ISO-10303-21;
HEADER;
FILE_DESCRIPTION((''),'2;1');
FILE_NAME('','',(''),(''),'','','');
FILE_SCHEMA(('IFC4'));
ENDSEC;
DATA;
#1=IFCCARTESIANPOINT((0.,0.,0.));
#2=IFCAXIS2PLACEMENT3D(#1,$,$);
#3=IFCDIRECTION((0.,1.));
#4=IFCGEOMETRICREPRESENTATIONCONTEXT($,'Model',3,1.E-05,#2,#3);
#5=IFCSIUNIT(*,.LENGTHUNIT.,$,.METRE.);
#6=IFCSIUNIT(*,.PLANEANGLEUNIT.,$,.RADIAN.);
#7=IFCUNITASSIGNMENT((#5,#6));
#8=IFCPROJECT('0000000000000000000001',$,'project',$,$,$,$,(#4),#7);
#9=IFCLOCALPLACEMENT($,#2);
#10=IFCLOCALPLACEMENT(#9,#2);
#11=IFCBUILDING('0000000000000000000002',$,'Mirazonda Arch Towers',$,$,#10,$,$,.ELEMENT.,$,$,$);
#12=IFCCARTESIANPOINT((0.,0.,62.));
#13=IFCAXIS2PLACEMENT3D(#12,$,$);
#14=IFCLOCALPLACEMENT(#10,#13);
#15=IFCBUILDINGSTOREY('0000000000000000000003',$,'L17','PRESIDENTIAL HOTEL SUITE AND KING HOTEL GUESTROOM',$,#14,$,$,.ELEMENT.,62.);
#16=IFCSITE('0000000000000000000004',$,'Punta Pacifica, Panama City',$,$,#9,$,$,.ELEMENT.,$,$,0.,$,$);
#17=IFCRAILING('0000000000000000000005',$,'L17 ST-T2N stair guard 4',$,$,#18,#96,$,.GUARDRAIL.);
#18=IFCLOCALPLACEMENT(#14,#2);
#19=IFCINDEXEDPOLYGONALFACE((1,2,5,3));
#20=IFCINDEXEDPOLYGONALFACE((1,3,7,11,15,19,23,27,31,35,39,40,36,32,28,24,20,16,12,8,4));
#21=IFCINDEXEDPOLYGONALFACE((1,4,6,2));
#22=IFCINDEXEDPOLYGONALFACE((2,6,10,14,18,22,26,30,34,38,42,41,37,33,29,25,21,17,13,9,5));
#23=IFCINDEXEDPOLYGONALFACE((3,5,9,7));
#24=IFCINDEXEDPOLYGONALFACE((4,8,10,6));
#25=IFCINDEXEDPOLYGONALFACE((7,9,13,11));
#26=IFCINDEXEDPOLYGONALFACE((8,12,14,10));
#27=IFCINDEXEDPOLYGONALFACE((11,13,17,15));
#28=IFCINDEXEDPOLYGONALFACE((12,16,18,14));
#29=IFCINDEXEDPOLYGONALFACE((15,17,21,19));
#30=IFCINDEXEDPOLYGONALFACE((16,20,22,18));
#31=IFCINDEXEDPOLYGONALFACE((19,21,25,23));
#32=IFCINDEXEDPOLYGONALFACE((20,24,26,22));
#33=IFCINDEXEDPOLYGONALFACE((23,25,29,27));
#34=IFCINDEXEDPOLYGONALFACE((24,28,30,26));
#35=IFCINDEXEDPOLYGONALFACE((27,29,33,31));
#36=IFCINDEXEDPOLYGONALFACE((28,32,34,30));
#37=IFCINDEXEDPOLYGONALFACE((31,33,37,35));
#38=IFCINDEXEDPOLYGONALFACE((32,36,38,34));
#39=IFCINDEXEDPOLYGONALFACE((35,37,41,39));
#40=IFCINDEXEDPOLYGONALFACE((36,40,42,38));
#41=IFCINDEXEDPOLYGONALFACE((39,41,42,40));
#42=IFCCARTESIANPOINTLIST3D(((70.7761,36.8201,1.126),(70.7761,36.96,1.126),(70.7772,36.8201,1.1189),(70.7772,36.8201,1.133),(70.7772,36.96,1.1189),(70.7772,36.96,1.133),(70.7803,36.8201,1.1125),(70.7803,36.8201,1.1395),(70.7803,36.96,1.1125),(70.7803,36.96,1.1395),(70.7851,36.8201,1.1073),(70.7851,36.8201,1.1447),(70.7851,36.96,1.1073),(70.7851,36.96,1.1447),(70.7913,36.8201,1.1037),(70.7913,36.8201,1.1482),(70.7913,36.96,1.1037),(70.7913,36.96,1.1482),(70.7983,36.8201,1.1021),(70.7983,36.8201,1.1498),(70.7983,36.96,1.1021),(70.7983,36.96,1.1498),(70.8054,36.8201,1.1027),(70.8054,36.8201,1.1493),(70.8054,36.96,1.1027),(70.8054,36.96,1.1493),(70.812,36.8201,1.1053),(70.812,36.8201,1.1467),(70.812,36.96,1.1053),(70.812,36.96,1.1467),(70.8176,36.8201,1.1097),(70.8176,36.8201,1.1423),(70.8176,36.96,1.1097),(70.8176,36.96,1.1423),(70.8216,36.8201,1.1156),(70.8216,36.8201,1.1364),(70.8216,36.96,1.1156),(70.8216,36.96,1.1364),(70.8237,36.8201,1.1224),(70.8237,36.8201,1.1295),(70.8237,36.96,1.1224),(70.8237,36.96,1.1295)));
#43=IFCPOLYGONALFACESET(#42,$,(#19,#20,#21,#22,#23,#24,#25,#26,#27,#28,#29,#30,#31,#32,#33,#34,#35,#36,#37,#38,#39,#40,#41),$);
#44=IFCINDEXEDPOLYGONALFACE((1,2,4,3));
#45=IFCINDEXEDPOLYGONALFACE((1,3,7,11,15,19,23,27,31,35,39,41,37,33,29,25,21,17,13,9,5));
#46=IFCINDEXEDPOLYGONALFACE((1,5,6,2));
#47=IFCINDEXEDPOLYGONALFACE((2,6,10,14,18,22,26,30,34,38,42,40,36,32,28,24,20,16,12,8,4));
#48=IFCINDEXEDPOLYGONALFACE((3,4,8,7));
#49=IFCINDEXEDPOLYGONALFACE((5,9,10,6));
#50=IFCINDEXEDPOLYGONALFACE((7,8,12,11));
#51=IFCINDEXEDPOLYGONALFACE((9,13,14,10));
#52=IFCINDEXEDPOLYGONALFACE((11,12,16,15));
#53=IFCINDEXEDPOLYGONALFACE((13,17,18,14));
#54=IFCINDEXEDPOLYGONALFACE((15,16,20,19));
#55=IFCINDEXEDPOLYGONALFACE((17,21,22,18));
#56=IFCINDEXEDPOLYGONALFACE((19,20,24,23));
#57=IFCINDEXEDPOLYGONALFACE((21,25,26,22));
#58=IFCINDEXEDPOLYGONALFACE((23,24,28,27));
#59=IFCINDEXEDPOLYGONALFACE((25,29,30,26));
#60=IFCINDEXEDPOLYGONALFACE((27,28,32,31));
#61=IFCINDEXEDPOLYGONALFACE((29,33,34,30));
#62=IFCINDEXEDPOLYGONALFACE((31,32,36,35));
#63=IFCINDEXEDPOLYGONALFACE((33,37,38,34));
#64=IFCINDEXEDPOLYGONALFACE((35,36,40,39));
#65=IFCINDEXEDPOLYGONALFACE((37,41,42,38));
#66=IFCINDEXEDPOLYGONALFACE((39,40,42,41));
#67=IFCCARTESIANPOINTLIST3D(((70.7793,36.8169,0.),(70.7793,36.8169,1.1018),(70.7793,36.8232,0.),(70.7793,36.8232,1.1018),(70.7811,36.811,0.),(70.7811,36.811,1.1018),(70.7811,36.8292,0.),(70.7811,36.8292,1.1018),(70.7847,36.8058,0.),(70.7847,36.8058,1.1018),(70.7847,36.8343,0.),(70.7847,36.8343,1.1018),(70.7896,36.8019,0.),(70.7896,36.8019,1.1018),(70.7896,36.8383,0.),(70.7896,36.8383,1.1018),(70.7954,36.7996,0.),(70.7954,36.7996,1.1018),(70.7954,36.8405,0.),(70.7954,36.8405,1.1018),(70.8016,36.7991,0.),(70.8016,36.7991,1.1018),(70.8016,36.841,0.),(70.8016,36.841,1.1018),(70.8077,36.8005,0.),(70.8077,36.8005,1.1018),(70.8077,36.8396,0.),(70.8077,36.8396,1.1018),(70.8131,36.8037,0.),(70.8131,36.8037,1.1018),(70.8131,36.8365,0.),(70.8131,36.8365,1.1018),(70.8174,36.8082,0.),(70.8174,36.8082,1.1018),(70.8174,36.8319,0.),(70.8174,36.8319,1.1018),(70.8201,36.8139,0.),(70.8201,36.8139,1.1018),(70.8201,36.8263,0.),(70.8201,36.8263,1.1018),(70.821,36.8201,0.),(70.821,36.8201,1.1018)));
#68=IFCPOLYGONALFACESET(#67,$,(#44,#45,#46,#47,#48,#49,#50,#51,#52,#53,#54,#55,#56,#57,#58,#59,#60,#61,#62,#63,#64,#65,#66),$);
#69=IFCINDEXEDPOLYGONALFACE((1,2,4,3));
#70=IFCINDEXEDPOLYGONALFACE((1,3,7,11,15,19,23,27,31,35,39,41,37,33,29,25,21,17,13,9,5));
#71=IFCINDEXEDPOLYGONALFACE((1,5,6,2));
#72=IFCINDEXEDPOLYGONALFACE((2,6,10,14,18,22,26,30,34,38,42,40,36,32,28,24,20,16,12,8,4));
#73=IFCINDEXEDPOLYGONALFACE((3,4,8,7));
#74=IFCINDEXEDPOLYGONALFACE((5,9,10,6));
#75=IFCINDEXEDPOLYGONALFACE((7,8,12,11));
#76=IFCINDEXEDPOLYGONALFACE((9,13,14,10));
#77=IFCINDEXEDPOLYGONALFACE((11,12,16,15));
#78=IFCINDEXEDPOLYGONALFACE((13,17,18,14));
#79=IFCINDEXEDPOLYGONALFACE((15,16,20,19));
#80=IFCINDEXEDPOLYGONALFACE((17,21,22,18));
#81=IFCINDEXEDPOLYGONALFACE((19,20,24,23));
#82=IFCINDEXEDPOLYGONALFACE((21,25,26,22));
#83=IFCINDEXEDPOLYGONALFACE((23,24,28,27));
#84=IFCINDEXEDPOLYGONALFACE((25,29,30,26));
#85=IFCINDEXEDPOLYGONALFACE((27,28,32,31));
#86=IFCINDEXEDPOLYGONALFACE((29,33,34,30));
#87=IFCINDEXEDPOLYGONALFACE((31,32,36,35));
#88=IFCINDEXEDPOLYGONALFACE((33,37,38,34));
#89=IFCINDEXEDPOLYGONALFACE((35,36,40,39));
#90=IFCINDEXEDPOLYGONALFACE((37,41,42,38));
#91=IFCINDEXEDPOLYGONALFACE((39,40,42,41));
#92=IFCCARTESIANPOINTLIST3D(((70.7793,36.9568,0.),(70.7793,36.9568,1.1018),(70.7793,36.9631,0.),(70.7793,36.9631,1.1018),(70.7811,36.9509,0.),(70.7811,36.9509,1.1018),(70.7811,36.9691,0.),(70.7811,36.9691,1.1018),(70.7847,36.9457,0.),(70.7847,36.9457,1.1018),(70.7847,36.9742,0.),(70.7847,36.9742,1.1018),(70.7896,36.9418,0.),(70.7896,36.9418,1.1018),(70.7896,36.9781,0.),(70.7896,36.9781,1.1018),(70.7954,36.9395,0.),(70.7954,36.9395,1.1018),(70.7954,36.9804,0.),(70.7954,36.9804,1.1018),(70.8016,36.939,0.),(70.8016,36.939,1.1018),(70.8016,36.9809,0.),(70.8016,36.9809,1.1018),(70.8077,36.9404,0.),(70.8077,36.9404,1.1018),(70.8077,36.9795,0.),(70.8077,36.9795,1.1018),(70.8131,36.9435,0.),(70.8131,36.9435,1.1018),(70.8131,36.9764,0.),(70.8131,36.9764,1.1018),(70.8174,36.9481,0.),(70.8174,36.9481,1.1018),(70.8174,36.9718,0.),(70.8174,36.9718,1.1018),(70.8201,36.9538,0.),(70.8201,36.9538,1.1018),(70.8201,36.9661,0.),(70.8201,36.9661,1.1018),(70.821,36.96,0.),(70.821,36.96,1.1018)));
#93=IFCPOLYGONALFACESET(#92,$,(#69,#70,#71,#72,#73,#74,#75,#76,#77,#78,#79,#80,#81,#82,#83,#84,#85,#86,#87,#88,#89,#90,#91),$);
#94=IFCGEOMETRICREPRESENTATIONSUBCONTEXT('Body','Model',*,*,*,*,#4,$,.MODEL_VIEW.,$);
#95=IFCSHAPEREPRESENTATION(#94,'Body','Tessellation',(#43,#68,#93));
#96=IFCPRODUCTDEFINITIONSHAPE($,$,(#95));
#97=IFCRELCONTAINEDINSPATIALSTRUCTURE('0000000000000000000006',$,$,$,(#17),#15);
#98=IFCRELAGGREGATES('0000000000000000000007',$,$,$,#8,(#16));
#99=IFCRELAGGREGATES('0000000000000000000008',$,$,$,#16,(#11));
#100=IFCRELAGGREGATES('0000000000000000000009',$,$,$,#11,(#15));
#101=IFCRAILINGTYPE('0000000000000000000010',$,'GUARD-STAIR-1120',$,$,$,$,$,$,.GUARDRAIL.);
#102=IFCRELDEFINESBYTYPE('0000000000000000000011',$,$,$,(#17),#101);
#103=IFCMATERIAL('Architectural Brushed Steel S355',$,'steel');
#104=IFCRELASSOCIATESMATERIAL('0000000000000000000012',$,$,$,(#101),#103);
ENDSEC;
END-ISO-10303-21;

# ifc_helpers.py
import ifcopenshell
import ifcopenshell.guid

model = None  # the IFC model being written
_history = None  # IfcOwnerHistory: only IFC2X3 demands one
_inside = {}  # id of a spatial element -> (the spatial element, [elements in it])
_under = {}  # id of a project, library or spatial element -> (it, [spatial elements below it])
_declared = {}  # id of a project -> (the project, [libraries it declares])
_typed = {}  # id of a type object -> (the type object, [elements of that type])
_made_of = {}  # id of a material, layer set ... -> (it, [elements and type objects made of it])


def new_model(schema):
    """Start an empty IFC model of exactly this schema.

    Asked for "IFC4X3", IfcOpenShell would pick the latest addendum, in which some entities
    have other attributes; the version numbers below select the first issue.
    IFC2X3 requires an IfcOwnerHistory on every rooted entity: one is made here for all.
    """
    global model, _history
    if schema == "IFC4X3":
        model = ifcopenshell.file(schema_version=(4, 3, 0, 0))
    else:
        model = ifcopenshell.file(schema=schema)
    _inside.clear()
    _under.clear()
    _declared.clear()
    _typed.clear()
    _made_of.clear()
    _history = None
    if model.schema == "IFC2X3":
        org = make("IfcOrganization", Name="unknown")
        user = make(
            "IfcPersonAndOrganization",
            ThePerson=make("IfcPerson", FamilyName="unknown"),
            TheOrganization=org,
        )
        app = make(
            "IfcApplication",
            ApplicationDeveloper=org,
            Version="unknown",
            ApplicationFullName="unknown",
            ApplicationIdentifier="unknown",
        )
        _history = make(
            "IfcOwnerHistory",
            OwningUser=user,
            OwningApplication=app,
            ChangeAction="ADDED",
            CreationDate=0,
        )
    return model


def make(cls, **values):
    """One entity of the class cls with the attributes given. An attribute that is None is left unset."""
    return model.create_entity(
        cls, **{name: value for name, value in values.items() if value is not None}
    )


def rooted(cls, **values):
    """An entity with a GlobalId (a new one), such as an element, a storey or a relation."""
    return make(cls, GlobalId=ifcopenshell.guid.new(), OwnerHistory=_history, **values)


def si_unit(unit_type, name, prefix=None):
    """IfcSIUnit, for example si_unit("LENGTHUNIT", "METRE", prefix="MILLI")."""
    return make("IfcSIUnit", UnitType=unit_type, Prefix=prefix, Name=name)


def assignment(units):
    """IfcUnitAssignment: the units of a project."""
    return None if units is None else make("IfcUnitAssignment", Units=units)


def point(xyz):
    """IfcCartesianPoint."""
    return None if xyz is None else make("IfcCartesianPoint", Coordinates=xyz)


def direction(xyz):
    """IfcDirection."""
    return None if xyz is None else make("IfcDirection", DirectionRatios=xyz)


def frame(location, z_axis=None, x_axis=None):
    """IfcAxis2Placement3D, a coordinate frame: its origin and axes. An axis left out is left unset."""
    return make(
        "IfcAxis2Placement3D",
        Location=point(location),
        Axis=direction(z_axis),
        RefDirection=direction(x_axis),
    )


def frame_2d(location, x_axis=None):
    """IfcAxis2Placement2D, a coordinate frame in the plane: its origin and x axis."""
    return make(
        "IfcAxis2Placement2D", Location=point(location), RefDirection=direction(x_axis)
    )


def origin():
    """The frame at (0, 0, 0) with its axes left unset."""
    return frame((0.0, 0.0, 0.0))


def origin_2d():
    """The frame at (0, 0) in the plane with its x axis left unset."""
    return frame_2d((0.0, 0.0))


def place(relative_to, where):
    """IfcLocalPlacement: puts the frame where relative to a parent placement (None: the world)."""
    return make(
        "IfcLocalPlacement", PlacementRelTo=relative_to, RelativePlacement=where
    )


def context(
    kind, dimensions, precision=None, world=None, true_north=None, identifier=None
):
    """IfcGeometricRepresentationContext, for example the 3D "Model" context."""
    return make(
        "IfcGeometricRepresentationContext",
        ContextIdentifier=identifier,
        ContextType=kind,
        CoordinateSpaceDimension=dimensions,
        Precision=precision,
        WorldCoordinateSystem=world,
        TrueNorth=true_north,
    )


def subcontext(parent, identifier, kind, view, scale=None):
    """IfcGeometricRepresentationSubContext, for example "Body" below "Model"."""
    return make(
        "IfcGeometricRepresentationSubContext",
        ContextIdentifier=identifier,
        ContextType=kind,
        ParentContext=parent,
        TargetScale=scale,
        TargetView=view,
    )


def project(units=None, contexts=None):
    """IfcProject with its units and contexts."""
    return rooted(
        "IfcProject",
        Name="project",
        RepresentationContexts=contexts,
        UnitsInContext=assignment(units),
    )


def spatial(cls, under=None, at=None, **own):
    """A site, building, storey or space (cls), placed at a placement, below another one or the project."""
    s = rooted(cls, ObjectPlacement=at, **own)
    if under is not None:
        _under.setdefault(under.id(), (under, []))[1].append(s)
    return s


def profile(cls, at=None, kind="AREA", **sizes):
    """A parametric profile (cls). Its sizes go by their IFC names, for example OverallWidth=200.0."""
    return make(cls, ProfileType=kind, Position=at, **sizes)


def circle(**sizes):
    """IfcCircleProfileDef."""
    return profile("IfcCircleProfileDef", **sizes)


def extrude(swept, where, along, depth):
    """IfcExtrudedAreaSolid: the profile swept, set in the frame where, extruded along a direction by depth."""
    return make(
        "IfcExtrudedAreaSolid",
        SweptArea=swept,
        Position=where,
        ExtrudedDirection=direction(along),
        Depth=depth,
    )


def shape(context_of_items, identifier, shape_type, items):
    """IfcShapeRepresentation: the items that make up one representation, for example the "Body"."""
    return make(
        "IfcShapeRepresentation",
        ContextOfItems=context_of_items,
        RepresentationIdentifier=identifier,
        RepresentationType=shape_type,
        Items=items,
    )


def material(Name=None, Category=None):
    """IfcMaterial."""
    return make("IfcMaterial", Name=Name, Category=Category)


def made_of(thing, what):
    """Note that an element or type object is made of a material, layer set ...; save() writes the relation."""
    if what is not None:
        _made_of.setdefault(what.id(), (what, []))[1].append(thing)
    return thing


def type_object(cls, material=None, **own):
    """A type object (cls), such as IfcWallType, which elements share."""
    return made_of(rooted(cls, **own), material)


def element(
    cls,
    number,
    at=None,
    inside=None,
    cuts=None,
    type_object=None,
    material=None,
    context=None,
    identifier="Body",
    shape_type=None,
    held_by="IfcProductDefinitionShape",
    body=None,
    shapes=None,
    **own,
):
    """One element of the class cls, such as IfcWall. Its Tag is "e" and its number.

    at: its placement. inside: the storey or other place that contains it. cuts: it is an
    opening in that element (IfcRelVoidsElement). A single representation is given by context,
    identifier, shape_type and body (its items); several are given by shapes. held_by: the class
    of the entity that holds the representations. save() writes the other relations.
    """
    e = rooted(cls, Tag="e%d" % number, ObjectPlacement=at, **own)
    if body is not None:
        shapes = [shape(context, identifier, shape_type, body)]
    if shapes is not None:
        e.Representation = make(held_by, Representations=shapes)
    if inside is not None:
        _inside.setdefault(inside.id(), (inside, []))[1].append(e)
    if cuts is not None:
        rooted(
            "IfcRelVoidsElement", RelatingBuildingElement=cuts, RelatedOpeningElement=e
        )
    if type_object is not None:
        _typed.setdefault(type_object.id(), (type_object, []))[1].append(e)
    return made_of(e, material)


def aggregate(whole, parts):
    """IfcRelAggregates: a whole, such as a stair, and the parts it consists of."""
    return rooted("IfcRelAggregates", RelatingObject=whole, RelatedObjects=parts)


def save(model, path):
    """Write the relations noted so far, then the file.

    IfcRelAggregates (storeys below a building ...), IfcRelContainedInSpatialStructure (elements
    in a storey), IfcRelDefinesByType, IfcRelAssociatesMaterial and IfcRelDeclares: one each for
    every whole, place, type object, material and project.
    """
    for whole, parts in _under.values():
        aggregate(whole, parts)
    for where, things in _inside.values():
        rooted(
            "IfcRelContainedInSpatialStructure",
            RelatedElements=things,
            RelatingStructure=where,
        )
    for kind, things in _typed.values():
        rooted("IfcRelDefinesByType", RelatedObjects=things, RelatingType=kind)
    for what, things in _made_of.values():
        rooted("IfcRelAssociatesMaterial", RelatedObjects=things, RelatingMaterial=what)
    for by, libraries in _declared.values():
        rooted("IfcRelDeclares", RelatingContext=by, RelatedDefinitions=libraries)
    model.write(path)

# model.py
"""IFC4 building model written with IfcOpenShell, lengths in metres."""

from ifc_helpers import new_model, si_unit, direction, frame, origin, origin_2d, place, context, subcontext, project, spatial, circle, extrude, material, type_object, element, save


model = new_model("IFC4")

# Units and contexts
model_context = context("Model", 3, precision=1e-05, world=origin(), true_north=direction((0.0, 1.0)))
body_context = subcontext(model_context, "Body", "Model", "MODEL_VIEW")
ifc_project = project(units=[si_unit("LENGTHUNIT", "METRE"), si_unit("PLANEANGLEUNIT", "RADIAN")], contexts=[model_context])

# Site, building, storey
site_placement = place(None, origin())
site = spatial("IfcSite", under=ifc_project, at=site_placement, Name="Punta Pacifica, Panama City", CompositionType="ELEMENT", RefElevation=0.0)
building_placement = place(site_placement, origin())
building = spatial("IfcBuilding", under=site, at=building_placement, Name="Mirazonda Arch Towers", CompositionType="ELEMENT")
storey_placement = place(building_placement, frame((0.0, 0.0, 62.0)))
storey = spatial("IfcBuildingStorey", under=building, at=storey_placement, Name="L17", Description="PRESIDENTIAL HOTEL SUITE AND KING HOTEL GUESTROOM", CompositionType="ELEMENT", Elevation=62.0)

# Railing
ifc_material_1 = material(Name="Architectural Brushed Steel S355", Category="steel")
railing_type_1 = type_object("IfcRailingType", Name="GUARD-STAIR-1120", PredefinedType="GUARDRAIL", material=ifc_material_1)
railing_1_placement = place(storey_placement, frame((70.8, 36.8201, 0.0)))
element("IfcRailing", 1, at=railing_1_placement, inside=storey, type_object=railing_type_1, Name="L17 ST-T2N stair guard 4", PredefinedType="GUARDRAIL", context=body_context, shape_type="SweptSolid", body=[
    extrude(circle(Radius=0.0239, at=origin_2d()), frame((0.0, 0.0, 1.126), z_axis=(0.0, 1.0, 0.0), x_axis=(-1.0, 0.0, 0.0)), (0.0, 0.0, 1.0), 0.1399),
    extrude(circle(Radius=0.021, at=origin_2d()), origin(), (0.0, 0.0, 1.0), 1.1018),
    extrude(circle(Radius=0.021, at=origin_2d()), frame((0.0, 0.1399, 0.0)), (0.0, 0.0, 1.0), 1.1018),
])

save(model, "model.ifc")
